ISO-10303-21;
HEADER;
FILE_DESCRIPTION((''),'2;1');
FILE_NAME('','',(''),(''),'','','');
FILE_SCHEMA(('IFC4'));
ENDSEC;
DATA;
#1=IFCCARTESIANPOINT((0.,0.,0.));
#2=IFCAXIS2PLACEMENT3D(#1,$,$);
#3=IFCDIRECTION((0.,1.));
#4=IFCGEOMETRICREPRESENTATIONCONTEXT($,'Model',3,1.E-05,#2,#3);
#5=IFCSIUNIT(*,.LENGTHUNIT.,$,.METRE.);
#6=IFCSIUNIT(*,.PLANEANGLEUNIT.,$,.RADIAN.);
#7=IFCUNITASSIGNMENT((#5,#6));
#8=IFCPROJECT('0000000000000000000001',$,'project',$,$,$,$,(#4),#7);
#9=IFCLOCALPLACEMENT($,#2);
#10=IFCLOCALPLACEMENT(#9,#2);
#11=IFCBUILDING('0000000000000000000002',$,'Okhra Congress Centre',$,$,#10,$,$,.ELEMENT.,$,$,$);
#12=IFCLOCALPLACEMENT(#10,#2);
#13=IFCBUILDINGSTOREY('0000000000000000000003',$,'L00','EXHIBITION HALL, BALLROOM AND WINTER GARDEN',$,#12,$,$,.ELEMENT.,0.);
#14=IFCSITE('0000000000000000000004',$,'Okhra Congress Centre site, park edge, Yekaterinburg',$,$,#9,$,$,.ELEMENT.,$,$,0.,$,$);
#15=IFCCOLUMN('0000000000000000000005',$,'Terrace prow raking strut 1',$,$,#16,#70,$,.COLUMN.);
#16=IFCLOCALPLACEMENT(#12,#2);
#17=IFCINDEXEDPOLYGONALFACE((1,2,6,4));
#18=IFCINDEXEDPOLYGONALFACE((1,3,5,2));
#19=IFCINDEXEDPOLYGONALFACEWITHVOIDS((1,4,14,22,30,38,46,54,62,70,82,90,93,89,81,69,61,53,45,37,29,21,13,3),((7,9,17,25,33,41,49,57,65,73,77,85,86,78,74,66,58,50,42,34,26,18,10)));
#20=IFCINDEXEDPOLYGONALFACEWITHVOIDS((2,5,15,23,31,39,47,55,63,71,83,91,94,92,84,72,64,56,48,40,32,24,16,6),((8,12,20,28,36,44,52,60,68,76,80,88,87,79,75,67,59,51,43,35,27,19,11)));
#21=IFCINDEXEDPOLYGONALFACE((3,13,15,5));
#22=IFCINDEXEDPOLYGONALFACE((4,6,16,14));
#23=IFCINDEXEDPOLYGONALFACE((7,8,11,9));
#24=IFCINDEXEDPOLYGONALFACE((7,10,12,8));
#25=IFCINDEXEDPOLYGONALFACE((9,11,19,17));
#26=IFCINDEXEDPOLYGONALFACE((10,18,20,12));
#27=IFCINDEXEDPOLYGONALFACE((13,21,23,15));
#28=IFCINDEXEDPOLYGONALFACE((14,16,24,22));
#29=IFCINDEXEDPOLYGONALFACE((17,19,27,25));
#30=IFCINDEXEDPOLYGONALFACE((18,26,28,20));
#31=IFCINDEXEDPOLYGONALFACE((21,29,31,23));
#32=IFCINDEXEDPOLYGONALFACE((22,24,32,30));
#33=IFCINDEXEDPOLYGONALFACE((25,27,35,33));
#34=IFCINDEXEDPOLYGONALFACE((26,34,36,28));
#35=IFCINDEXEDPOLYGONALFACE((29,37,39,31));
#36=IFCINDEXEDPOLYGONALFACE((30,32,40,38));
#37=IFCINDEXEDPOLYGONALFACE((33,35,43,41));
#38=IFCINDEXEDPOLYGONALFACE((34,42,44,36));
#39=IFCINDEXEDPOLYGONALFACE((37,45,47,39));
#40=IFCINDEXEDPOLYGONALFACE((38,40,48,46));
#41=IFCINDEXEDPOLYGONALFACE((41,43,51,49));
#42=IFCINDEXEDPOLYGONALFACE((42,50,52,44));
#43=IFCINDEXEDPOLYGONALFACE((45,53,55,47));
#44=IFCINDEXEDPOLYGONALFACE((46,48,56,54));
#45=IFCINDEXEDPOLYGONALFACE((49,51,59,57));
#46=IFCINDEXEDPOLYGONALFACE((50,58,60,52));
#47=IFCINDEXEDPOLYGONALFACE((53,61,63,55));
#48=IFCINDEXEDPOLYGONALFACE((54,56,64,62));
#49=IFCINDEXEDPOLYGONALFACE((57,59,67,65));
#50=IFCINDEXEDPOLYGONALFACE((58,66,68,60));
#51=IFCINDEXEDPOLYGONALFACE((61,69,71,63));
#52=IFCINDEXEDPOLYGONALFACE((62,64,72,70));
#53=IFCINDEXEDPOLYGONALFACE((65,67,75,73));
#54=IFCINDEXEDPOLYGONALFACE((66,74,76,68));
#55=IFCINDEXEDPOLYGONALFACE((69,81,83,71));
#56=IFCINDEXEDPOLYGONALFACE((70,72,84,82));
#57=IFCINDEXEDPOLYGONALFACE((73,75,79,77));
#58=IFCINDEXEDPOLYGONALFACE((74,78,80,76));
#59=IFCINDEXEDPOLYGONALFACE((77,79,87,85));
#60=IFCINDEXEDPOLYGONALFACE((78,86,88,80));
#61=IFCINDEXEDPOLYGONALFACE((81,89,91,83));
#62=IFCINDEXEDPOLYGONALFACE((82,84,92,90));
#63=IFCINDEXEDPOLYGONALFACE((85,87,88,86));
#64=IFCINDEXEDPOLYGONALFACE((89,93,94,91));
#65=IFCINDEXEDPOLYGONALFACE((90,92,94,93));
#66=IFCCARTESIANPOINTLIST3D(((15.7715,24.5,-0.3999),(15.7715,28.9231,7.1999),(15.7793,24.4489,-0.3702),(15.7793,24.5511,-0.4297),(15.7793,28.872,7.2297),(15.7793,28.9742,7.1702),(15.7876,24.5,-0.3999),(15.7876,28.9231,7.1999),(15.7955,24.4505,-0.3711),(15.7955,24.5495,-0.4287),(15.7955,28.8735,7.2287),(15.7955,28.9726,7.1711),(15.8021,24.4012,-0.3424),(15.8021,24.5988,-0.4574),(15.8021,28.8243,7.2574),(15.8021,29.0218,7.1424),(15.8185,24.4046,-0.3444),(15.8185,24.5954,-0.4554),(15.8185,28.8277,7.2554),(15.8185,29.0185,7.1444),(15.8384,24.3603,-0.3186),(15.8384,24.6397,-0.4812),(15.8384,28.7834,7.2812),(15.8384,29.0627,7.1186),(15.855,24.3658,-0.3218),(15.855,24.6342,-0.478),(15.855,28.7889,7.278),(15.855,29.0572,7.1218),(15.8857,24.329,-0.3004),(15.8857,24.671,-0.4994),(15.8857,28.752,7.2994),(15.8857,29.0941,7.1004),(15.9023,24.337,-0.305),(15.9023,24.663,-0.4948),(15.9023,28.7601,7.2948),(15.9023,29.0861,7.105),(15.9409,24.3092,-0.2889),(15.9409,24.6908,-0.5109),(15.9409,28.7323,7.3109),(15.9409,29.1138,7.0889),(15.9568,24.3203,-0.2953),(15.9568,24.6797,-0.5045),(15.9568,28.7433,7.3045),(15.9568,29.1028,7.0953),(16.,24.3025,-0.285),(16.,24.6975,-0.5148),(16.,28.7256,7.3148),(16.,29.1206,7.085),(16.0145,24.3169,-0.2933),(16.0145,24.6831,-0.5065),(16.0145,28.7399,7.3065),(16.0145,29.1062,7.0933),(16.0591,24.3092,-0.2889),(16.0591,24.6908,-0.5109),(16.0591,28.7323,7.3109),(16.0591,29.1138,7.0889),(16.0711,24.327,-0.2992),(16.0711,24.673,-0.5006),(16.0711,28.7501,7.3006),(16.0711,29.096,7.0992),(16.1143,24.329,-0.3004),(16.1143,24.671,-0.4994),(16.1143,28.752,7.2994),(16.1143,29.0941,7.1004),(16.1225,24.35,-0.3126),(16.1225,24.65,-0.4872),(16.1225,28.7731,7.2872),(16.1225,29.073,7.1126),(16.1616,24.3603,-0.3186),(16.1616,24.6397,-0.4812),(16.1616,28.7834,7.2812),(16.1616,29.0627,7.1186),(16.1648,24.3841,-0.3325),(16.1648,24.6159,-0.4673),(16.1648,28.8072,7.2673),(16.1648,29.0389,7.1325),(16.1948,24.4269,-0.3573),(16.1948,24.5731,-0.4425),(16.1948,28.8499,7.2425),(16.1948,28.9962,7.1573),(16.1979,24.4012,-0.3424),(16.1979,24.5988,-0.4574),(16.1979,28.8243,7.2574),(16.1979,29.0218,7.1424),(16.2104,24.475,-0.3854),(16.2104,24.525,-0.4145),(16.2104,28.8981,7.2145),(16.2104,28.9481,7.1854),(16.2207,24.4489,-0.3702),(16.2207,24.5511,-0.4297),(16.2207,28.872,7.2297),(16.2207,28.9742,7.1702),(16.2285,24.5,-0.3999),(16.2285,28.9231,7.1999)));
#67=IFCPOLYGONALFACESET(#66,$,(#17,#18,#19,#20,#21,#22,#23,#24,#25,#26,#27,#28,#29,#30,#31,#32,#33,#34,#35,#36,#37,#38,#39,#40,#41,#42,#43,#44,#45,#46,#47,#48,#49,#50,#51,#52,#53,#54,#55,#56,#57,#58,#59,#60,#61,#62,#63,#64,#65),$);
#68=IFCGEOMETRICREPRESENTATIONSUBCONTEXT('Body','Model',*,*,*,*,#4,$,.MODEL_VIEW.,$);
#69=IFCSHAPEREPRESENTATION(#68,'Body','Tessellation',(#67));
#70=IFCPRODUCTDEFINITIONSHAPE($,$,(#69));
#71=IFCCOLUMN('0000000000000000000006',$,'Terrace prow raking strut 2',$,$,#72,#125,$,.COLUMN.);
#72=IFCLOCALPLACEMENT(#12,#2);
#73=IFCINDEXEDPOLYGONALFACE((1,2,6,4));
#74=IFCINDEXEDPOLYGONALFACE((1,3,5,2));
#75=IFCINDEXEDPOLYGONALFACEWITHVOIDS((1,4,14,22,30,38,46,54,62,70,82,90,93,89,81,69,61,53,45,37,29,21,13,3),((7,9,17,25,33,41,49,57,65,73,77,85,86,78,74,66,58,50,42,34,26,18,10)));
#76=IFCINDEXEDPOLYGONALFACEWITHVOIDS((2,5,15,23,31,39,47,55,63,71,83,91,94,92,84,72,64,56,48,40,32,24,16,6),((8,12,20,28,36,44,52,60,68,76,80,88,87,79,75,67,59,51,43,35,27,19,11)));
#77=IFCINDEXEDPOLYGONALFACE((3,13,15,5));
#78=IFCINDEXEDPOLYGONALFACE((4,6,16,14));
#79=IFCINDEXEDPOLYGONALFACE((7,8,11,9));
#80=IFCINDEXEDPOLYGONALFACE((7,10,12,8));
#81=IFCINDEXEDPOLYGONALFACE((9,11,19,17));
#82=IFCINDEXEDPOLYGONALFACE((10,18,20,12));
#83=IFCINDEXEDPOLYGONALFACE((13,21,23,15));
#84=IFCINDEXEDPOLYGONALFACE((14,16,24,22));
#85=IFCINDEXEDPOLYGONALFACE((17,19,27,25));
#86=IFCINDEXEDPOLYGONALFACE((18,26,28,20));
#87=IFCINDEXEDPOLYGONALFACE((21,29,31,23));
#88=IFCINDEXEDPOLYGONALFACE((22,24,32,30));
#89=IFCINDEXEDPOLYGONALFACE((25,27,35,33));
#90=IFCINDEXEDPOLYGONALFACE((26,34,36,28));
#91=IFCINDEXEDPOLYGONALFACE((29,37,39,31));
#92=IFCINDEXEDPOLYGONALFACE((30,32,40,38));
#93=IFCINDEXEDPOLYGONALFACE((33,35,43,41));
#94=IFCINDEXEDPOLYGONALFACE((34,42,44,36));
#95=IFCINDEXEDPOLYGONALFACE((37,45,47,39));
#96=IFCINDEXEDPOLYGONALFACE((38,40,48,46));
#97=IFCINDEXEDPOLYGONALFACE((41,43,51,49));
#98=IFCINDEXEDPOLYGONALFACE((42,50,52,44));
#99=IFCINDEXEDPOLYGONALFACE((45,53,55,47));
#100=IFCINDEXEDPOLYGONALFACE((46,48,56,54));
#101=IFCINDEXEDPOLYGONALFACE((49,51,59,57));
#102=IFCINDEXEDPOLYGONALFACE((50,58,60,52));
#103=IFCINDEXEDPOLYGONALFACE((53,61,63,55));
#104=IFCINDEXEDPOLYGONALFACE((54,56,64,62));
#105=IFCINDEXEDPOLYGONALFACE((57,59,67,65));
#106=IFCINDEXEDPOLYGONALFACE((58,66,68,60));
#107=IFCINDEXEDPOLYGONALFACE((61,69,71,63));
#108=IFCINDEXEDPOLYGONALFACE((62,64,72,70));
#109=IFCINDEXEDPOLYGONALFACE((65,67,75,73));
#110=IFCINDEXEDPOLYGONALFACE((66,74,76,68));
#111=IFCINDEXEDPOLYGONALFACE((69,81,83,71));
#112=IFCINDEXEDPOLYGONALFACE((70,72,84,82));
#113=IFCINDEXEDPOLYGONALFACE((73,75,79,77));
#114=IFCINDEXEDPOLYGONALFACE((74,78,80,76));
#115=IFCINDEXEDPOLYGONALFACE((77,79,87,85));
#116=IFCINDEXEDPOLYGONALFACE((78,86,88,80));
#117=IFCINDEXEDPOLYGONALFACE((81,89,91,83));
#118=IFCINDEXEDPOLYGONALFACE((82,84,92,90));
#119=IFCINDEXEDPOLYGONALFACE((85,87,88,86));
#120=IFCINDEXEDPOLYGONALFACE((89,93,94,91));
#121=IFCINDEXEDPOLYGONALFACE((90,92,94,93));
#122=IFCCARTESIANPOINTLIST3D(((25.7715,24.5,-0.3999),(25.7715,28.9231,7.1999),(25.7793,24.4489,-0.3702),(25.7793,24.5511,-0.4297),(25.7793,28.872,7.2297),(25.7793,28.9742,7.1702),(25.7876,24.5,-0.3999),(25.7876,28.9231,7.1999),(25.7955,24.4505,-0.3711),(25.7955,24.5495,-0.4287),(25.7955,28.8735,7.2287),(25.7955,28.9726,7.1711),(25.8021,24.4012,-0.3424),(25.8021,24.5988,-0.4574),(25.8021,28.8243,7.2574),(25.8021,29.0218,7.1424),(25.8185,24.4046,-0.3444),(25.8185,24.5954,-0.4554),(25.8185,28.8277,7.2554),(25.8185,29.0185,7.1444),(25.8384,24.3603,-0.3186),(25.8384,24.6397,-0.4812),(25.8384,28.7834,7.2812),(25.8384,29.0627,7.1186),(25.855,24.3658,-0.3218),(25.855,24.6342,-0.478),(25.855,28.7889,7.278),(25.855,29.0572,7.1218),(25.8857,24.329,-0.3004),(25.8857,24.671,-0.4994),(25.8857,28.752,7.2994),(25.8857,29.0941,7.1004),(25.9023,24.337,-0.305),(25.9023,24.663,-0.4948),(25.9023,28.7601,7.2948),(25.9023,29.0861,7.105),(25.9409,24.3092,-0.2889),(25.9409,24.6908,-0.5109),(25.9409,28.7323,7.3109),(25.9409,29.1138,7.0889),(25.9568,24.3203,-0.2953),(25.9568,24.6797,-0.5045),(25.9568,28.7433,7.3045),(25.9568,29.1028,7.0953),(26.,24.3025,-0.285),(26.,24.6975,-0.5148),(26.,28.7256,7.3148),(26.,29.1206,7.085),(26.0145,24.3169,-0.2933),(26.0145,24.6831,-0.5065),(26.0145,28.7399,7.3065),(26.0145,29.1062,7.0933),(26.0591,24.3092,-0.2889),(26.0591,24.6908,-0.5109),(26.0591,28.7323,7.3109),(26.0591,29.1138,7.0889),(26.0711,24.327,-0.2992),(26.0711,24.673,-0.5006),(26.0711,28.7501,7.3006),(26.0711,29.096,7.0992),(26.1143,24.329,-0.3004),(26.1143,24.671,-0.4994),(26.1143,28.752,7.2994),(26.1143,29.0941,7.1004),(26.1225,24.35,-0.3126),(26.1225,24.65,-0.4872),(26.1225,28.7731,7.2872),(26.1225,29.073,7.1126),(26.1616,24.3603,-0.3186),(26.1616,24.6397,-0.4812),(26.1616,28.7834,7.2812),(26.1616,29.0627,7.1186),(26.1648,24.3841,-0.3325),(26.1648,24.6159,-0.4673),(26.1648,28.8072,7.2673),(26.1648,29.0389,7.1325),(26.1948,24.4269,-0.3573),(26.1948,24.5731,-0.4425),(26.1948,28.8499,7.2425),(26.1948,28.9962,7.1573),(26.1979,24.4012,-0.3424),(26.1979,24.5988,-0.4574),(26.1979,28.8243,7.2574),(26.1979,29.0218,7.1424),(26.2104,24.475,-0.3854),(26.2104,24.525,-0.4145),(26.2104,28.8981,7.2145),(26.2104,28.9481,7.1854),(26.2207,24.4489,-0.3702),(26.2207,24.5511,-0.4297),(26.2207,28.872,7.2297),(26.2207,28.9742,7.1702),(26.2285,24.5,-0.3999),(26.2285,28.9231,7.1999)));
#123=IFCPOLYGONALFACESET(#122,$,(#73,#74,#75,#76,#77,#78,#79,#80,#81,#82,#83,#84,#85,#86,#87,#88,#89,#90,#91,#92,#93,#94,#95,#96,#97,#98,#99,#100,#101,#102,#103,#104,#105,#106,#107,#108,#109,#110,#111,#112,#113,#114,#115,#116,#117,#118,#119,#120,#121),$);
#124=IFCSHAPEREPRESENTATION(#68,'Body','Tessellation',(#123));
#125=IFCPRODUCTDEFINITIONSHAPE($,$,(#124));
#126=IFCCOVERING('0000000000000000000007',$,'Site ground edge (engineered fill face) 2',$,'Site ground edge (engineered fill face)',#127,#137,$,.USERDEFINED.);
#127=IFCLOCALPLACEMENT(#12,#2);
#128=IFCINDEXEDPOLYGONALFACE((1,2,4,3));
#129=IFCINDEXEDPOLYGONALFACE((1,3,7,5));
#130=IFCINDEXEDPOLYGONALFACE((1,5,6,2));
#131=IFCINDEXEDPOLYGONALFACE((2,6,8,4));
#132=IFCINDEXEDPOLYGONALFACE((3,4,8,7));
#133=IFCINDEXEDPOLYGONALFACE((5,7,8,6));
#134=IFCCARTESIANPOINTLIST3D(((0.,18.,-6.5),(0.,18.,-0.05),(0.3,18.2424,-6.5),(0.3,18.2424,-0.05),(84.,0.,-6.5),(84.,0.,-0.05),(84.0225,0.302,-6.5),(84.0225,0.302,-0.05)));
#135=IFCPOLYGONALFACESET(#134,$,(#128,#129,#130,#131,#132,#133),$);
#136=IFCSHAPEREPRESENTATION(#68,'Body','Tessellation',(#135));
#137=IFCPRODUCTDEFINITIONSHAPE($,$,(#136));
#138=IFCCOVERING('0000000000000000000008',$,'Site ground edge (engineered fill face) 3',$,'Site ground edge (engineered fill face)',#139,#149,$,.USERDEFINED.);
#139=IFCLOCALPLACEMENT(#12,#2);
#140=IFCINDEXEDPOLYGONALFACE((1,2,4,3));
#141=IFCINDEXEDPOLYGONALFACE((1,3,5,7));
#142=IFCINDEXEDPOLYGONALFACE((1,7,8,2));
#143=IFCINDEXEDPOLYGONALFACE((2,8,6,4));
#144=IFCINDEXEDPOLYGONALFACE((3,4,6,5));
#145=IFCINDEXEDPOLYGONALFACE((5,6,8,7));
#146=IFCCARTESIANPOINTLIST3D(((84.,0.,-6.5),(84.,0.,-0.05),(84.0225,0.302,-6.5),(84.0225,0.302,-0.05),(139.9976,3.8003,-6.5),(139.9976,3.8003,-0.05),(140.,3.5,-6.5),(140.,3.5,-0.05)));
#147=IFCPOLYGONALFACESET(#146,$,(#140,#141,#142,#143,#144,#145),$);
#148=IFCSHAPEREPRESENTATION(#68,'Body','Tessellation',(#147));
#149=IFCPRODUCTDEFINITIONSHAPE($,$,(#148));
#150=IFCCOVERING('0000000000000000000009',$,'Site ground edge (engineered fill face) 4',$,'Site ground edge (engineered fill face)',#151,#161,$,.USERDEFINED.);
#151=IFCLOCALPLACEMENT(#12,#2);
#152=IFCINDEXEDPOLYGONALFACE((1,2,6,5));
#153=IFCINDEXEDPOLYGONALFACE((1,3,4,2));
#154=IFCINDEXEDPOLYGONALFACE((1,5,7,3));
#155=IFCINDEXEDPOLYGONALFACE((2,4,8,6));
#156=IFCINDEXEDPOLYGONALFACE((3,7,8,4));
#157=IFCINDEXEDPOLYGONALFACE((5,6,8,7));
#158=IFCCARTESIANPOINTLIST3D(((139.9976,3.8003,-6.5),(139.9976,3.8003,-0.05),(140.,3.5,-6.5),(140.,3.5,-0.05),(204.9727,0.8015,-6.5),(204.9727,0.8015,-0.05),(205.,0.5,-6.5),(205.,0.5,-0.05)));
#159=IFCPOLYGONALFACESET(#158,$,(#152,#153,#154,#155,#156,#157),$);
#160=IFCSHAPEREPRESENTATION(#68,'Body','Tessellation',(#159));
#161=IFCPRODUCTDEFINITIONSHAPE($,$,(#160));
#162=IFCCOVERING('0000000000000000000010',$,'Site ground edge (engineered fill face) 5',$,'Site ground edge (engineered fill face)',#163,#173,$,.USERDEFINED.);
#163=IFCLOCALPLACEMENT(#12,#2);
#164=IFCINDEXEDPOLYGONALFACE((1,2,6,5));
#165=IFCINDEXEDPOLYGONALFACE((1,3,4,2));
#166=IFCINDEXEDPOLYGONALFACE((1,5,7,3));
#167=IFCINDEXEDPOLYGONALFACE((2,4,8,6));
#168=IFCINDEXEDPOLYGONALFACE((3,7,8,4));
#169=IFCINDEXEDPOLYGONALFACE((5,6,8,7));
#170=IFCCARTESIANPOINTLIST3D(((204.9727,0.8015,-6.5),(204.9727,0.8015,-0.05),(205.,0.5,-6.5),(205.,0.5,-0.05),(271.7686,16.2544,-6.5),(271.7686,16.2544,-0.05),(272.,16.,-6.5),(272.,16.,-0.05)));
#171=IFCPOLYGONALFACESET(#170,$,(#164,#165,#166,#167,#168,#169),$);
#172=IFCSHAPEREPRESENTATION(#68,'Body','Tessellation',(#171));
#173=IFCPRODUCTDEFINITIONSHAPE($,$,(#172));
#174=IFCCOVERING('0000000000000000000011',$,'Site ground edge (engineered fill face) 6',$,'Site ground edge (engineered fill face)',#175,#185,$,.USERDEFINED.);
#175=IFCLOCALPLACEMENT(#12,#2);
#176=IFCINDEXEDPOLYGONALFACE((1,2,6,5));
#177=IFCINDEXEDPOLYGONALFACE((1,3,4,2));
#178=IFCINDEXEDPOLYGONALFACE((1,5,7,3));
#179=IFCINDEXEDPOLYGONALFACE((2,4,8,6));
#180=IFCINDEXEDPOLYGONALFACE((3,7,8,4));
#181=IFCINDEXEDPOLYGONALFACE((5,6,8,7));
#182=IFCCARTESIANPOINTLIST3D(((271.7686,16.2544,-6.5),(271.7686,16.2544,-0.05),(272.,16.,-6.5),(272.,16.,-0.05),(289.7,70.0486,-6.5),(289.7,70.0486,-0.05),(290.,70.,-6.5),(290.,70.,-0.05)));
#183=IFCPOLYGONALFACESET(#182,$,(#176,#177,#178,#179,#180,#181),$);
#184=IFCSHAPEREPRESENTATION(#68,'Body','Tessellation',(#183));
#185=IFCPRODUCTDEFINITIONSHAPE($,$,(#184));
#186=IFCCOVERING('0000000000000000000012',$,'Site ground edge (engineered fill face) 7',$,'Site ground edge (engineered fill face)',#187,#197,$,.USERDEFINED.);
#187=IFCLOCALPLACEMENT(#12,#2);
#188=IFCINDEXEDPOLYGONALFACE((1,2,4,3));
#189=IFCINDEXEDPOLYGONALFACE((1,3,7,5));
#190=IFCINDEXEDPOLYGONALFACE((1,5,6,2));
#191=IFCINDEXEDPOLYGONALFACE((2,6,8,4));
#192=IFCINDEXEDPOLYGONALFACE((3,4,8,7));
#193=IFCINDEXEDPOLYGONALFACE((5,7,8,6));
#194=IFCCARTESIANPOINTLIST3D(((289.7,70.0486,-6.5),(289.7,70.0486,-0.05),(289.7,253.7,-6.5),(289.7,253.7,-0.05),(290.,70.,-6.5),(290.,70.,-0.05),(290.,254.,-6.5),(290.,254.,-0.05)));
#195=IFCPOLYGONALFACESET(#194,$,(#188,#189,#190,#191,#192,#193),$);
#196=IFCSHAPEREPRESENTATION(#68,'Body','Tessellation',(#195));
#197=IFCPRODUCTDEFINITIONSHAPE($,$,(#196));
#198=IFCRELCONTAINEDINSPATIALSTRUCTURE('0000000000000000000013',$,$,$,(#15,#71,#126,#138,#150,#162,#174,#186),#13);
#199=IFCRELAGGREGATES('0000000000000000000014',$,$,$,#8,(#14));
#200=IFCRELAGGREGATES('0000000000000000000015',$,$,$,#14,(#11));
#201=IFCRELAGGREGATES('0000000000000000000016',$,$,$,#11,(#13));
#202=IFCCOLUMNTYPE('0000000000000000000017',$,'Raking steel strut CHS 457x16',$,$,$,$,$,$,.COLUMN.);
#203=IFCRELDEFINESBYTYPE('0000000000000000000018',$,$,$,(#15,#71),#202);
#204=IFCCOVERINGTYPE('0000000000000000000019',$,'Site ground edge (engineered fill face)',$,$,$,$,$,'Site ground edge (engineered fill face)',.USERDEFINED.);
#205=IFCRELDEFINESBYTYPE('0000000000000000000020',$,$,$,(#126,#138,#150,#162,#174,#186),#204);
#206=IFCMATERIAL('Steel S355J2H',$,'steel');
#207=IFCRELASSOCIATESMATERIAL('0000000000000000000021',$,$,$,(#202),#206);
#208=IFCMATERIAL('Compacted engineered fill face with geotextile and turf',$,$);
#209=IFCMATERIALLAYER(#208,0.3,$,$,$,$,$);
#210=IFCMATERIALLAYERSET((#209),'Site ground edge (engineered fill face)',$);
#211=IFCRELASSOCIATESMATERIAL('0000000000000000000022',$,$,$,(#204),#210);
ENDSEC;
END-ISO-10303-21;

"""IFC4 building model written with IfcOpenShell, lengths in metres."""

from ifc_helpers import new_model, si_unit, direction, frame, origin, origin_2d, place, context, subcontext, project, spatial, polyline, hollow_circle, outline, extrude, material, layer, layer_set, material_profile, profile_set, type_object, element, save


model = new_model("IFC4")

# Units and contexts
model_context = context("Model", 3, precision=1e-05, world=origin(), true_north=direction((0.0, 1.0)))
body_context = subcontext(model_context, "Body", "Model", "MODEL_VIEW")
ifc_project = project(units=[si_unit("LENGTHUNIT", "METRE"), si_unit("PLANEANGLEUNIT", "RADIAN")], contexts=[model_context])

# Site, building, storey
site_placement = place(None, origin())
site = spatial("IfcSite", under=ifc_project, at=site_placement, Name="Okhra Congress Centre site, park edge, Yekaterinburg", CompositionType="ELEMENT", RefElevation=0.0)
building_placement = place(site_placement, origin())
building = spatial("IfcBuilding", under=site, at=building_placement, Name="Okhra Congress Centre", CompositionType="ELEMENT")
storey_placement = place(building_placement, origin())
storey = spatial("IfcBuildingStorey", under=building, at=storey_placement, Name="L00", Description="EXHIBITION HALL, BALLROOM AND WINTER GARDEN", CompositionType="ELEMENT", Elevation=0.0)

# Columns
ifc_material_1 = material(Name="Steel S355J2H", Category="steel")
ifc_material_profile_1 = material_profile(ifc_material_1, hollow_circle(Radius=0.2285, WallThickness=0.0161, at=origin_2d()), Name="CHS 457x16")
ifc_profile_set_1 = profile_set([ifc_material_profile_1], Name="Steel S355J2H")
column_type = type_object("IfcColumnType", Name="Raking steel strut CHS 457x16", PredefinedType="COLUMN", material=ifc_profile_set_1)
for number, where, z_axis, x_axis, name in (
    (1, (16.0, 24.5, -0.3999), (0.0, 0.503009, 0.864281), (-1.0, 0.0, 0.0), "Terrace prow raking strut 1"),
    (2, (26.0, 24.5, -0.3999), (0.0, 0.503009, 0.864281), (-1.0, 0.0, 0.0), "Terrace prow raking strut 2"),
):
    element("IfcColumn", number, at=place(storey_placement, frame(where, z_axis=z_axis, x_axis=x_axis)), inside=storey, type_object=column_type, Name=name, PredefinedType="COLUMN", context=body_context, shape_type="SweptSolid", body=[
        extrude(hollow_circle(Radius=0.2285, WallThickness=0.0161, at=origin_2d()), origin(), (0.0, 0.0, 1.0), 8.7932),
    ])

# Coverings
ifc_material_2 = material(Name="Compacted engineered fill face with geotextile and turf")
ifc_layer_1 = layer(ifc_material_2, 0.3)
ifc_layer_set_1 = layer_set([ifc_layer_1], Name="Site ground edge (engineered fill face)")
covering_type = type_object("IfcCoveringType", Name="Site ground edge (engineered fill face)", ElementType="Site ground edge (engineered fill face)", PredefinedType="USERDEFINED", material=ifc_layer_set_1)
covering_1_placement = place(storey_placement, frame((0.0, 0.0, -6.5)))
element("IfcCovering", 3, at=covering_1_placement, inside=storey, type_object=covering_type, Name="Site ground edge (engineered fill face) 2", ObjectType="Site ground edge (engineered fill face)", PredefinedType="USERDEFINED", context=body_context, shape_type="SweptSolid", body=[
    extrude(outline(polyline([(0.0, 18.0), (84.0, 0.0), (84.0225, 0.302), (0.3, 18.2424), (0.0, 18.0)])), origin(), (0.0, 0.0, 1.0), 6.45),
])
covering_2_placement = place(storey_placement, frame((0.0, 0.0, -6.5)))
element("IfcCovering", 4, at=covering_2_placement, inside=storey, type_object=covering_type, Name="Site ground edge (engineered fill face) 3", ObjectType="Site ground edge (engineered fill face)", PredefinedType="USERDEFINED", context=body_context, shape_type="SweptSolid", body=[
    extrude(outline(polyline([(84.0, 0.0), (140.0, 3.5), (139.9976, 3.8003), (84.0225, 0.302), (84.0, 0.0)])), origin(), (0.0, 0.0, 1.0), 6.45),
])
covering_3_placement = place(storey_placement, frame((0.0, 0.0, -6.5)))
element("IfcCovering", 5, at=covering_3_placement, inside=storey, type_object=covering_type, Name="Site ground edge (engineered fill face) 4", ObjectType="Site ground edge (engineered fill face)", PredefinedType="USERDEFINED", context=body_context, shape_type="SweptSolid", body=[
    extrude(outline(polyline([(140.0, 3.5), (205.0, 0.5), (204.9727, 0.8015), (139.9976, 3.8003), (140.0, 3.5)])), origin(), (0.0, 0.0, 1.0), 6.45),
])
covering_4_placement = place(storey_placement, frame((0.0, 0.0, -6.5)))
element("IfcCovering", 6, at=covering_4_placement, inside=storey, type_object=covering_type, Name="Site ground edge (engineered fill face) 5", ObjectType="Site ground edge (engineered fill face)", PredefinedType="USERDEFINED", context=body_context, shape_type="SweptSolid", body=[
    extrude(outline(polyline([(205.0, 0.5), (272.0, 16.0), (271.7686, 16.2544), (204.9727, 0.8015), (205.0, 0.5)])), origin(), (0.0, 0.0, 1.0), 6.45),
])
covering_5_placement = place(storey_placement, frame((0.0, 0.0, -6.5)))
element("IfcCovering", 7, at=covering_5_placement, inside=storey, type_object=covering_type, Name="Site ground edge (engineered fill face) 6", ObjectType="Site ground edge (engineered fill face)", PredefinedType="USERDEFINED", context=body_context, shape_type="SweptSolid", body=[
    extrude(outline(polyline([(272.0, 16.0), (290.0, 70.0), (289.7, 70.0486), (271.7686, 16.2544), (272.0, 16.0)])), origin(), (0.0, 0.0, 1.0), 6.45),
])
covering_6_placement = place(storey_placement, frame((0.0, 0.0, -6.5)))
element("IfcCovering", 8, at=covering_6_placement, inside=storey, type_object=covering_type, Name="Site ground edge (engineered fill face) 7", ObjectType="Site ground edge (engineered fill face)", PredefinedType="USERDEFINED", context=body_context, shape_type="SweptSolid", body=[
    extrude(outline(polyline([(290.0, 70.0), (290.0, 254.0), (289.7, 253.7), (289.7, 70.0486), (290.0, 70.0)])), origin(), (0.0, 0.0, 1.0), 6.45),
])

save(model, "model.ifc")
